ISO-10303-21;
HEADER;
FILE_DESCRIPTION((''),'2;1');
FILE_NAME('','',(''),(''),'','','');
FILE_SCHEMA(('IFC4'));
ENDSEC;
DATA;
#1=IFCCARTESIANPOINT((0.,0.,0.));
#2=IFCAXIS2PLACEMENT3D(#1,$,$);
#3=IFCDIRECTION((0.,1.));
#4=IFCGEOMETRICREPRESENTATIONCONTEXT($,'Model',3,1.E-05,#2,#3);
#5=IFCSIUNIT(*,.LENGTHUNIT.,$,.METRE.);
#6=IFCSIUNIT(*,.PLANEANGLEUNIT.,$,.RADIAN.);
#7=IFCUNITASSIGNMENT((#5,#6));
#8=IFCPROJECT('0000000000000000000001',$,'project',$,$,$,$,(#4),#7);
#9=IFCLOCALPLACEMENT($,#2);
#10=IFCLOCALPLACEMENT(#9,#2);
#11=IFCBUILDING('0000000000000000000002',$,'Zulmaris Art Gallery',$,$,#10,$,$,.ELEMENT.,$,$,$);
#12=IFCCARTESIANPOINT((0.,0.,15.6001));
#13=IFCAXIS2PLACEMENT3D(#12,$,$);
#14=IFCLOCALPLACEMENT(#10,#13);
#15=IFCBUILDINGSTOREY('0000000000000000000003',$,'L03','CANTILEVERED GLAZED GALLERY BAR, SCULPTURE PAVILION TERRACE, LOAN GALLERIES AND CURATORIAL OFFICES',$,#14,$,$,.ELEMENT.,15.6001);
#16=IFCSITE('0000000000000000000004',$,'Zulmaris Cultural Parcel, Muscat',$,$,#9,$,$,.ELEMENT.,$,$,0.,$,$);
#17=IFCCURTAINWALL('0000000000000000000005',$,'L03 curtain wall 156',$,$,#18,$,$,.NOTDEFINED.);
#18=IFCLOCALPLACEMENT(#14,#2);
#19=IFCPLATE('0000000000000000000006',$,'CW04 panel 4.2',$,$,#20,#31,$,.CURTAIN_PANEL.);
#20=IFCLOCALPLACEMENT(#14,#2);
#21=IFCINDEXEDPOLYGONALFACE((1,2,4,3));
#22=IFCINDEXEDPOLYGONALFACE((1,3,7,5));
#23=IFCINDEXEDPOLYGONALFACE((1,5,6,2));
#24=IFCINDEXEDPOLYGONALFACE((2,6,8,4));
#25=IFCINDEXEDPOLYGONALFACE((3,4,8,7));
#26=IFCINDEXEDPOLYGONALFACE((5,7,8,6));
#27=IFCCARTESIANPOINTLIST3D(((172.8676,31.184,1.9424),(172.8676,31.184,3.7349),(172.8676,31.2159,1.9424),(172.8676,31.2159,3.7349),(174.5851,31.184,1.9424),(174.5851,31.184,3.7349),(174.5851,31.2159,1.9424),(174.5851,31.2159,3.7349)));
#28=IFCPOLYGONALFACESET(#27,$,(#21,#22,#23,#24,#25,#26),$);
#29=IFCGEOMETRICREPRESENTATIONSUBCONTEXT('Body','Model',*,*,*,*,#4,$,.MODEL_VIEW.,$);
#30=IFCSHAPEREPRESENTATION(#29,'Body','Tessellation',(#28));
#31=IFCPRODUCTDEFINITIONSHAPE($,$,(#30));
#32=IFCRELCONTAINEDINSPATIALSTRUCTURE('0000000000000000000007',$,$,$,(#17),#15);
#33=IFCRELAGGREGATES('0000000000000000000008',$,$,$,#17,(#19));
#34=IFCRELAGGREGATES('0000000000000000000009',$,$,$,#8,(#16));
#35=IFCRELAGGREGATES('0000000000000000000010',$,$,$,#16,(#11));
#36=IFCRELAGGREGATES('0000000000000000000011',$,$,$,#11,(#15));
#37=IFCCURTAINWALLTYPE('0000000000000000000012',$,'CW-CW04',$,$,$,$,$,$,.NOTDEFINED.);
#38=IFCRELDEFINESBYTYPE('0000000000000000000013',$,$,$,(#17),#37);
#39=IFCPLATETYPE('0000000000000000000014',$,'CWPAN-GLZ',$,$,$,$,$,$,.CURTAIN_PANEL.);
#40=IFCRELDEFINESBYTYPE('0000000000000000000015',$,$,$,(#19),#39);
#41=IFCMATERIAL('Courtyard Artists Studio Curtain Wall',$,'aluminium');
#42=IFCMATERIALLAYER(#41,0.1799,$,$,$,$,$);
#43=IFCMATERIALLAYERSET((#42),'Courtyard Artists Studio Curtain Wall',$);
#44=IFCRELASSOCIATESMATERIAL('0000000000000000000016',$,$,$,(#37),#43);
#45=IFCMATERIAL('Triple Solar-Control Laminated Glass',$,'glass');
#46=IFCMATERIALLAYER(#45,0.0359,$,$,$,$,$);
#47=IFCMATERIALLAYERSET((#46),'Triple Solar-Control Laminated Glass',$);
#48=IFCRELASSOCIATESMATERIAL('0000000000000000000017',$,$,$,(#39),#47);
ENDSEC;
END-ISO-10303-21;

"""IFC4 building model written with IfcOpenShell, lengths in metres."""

from ifc_helpers import new_model, si_unit, direction, frame, origin, origin_2d, place, context, subcontext, project, spatial, rectangle, extrude, material, layer, layer_set, type_object, element, aggregate, save


model = new_model("IFC4")

# Units and contexts
model_context = context("Model", 3, precision=1e-05, world=origin(), true_north=direction((0.0, 1.0)))
body_context = subcontext(model_context, "Body", "Model", "MODEL_VIEW")
ifc_project = project(units=[si_unit("LENGTHUNIT", "METRE"), si_unit("PLANEANGLEUNIT", "RADIAN")], contexts=[model_context])

# Site, building, storey
site_placement = place(None, origin())
site = spatial("IfcSite", under=ifc_project, at=site_placement, Name="Zulmaris Cultural Parcel, Muscat", CompositionType="ELEMENT", RefElevation=0.0)
building_placement = place(site_placement, origin())
building = spatial("IfcBuilding", under=site, at=building_placement, Name="Zulmaris Art Gallery", CompositionType="ELEMENT")
storey_placement = place(building_placement, frame((0.0, 0.0, 15.6001)))
storey = spatial("IfcBuildingStorey", under=building, at=storey_placement, Name="L03", Description="CANTILEVERED GLAZED GALLERY BAR, SCULPTURE PAVILION TERRACE, LOAN GALLERIES AND CURATORIAL OFFICES", CompositionType="ELEMENT", Elevation=15.6001)

# Shared definitions
ifc_material_1 = material(Name="Courtyard Artists Studio Curtain Wall", Category="aluminium")
ifc_layer_1 = layer(ifc_material_1, 0.1799)
ifc_layer_set_1 = layer_set([ifc_layer_1], Name="Courtyard Artists Studio Curtain Wall")
curtain_wall_type = type_object("IfcCurtainWallType", Name="CW-CW04", PredefinedType="NOTDEFINED", material=ifc_layer_set_1)

# Curtain wall
curtain_wall_1_placement = place(storey_placement, origin())
curtain_wall_1 = element("IfcCurtainWall", 1, at=curtain_wall_1_placement, inside=storey, type_object=curtain_wall_type, Name="L03 curtain wall 156", PredefinedType="NOTDEFINED")

# Plate
ifc_material_2 = material(Name="Triple Solar-Control Laminated Glass", Category="glass")
ifc_layer_2 = layer(ifc_material_2, 0.0359)
ifc_layer_set_2 = layer_set([ifc_layer_2], Name="Triple Solar-Control Laminated Glass")
plate_type = type_object("IfcPlateType", Name="CWPAN-GLZ", PredefinedType="CURTAIN_PANEL", material=ifc_layer_set_2)
plate_1_placement = place(storey_placement, frame((173.7263, 31.2, 1.9424), z_axis=(0.0, 0.0, 1.0), x_axis=(1.0, 0.0, 0.0)))
plate_1 = element("IfcPlate", 2, at=plate_1_placement, type_object=plate_type, Name="CW04 panel 4.2", PredefinedType="CURTAIN_PANEL", context=body_context, shape_type="SweptSolid", body=[
    extrude(rectangle(XDim=1.7175, YDim=0.032, at=origin_2d()), origin(), (0.0, 0.0, 1.0), 1.7925),
])
aggregate(curtain_wall_1, [plate_1])

save(model, "model.ifc")
